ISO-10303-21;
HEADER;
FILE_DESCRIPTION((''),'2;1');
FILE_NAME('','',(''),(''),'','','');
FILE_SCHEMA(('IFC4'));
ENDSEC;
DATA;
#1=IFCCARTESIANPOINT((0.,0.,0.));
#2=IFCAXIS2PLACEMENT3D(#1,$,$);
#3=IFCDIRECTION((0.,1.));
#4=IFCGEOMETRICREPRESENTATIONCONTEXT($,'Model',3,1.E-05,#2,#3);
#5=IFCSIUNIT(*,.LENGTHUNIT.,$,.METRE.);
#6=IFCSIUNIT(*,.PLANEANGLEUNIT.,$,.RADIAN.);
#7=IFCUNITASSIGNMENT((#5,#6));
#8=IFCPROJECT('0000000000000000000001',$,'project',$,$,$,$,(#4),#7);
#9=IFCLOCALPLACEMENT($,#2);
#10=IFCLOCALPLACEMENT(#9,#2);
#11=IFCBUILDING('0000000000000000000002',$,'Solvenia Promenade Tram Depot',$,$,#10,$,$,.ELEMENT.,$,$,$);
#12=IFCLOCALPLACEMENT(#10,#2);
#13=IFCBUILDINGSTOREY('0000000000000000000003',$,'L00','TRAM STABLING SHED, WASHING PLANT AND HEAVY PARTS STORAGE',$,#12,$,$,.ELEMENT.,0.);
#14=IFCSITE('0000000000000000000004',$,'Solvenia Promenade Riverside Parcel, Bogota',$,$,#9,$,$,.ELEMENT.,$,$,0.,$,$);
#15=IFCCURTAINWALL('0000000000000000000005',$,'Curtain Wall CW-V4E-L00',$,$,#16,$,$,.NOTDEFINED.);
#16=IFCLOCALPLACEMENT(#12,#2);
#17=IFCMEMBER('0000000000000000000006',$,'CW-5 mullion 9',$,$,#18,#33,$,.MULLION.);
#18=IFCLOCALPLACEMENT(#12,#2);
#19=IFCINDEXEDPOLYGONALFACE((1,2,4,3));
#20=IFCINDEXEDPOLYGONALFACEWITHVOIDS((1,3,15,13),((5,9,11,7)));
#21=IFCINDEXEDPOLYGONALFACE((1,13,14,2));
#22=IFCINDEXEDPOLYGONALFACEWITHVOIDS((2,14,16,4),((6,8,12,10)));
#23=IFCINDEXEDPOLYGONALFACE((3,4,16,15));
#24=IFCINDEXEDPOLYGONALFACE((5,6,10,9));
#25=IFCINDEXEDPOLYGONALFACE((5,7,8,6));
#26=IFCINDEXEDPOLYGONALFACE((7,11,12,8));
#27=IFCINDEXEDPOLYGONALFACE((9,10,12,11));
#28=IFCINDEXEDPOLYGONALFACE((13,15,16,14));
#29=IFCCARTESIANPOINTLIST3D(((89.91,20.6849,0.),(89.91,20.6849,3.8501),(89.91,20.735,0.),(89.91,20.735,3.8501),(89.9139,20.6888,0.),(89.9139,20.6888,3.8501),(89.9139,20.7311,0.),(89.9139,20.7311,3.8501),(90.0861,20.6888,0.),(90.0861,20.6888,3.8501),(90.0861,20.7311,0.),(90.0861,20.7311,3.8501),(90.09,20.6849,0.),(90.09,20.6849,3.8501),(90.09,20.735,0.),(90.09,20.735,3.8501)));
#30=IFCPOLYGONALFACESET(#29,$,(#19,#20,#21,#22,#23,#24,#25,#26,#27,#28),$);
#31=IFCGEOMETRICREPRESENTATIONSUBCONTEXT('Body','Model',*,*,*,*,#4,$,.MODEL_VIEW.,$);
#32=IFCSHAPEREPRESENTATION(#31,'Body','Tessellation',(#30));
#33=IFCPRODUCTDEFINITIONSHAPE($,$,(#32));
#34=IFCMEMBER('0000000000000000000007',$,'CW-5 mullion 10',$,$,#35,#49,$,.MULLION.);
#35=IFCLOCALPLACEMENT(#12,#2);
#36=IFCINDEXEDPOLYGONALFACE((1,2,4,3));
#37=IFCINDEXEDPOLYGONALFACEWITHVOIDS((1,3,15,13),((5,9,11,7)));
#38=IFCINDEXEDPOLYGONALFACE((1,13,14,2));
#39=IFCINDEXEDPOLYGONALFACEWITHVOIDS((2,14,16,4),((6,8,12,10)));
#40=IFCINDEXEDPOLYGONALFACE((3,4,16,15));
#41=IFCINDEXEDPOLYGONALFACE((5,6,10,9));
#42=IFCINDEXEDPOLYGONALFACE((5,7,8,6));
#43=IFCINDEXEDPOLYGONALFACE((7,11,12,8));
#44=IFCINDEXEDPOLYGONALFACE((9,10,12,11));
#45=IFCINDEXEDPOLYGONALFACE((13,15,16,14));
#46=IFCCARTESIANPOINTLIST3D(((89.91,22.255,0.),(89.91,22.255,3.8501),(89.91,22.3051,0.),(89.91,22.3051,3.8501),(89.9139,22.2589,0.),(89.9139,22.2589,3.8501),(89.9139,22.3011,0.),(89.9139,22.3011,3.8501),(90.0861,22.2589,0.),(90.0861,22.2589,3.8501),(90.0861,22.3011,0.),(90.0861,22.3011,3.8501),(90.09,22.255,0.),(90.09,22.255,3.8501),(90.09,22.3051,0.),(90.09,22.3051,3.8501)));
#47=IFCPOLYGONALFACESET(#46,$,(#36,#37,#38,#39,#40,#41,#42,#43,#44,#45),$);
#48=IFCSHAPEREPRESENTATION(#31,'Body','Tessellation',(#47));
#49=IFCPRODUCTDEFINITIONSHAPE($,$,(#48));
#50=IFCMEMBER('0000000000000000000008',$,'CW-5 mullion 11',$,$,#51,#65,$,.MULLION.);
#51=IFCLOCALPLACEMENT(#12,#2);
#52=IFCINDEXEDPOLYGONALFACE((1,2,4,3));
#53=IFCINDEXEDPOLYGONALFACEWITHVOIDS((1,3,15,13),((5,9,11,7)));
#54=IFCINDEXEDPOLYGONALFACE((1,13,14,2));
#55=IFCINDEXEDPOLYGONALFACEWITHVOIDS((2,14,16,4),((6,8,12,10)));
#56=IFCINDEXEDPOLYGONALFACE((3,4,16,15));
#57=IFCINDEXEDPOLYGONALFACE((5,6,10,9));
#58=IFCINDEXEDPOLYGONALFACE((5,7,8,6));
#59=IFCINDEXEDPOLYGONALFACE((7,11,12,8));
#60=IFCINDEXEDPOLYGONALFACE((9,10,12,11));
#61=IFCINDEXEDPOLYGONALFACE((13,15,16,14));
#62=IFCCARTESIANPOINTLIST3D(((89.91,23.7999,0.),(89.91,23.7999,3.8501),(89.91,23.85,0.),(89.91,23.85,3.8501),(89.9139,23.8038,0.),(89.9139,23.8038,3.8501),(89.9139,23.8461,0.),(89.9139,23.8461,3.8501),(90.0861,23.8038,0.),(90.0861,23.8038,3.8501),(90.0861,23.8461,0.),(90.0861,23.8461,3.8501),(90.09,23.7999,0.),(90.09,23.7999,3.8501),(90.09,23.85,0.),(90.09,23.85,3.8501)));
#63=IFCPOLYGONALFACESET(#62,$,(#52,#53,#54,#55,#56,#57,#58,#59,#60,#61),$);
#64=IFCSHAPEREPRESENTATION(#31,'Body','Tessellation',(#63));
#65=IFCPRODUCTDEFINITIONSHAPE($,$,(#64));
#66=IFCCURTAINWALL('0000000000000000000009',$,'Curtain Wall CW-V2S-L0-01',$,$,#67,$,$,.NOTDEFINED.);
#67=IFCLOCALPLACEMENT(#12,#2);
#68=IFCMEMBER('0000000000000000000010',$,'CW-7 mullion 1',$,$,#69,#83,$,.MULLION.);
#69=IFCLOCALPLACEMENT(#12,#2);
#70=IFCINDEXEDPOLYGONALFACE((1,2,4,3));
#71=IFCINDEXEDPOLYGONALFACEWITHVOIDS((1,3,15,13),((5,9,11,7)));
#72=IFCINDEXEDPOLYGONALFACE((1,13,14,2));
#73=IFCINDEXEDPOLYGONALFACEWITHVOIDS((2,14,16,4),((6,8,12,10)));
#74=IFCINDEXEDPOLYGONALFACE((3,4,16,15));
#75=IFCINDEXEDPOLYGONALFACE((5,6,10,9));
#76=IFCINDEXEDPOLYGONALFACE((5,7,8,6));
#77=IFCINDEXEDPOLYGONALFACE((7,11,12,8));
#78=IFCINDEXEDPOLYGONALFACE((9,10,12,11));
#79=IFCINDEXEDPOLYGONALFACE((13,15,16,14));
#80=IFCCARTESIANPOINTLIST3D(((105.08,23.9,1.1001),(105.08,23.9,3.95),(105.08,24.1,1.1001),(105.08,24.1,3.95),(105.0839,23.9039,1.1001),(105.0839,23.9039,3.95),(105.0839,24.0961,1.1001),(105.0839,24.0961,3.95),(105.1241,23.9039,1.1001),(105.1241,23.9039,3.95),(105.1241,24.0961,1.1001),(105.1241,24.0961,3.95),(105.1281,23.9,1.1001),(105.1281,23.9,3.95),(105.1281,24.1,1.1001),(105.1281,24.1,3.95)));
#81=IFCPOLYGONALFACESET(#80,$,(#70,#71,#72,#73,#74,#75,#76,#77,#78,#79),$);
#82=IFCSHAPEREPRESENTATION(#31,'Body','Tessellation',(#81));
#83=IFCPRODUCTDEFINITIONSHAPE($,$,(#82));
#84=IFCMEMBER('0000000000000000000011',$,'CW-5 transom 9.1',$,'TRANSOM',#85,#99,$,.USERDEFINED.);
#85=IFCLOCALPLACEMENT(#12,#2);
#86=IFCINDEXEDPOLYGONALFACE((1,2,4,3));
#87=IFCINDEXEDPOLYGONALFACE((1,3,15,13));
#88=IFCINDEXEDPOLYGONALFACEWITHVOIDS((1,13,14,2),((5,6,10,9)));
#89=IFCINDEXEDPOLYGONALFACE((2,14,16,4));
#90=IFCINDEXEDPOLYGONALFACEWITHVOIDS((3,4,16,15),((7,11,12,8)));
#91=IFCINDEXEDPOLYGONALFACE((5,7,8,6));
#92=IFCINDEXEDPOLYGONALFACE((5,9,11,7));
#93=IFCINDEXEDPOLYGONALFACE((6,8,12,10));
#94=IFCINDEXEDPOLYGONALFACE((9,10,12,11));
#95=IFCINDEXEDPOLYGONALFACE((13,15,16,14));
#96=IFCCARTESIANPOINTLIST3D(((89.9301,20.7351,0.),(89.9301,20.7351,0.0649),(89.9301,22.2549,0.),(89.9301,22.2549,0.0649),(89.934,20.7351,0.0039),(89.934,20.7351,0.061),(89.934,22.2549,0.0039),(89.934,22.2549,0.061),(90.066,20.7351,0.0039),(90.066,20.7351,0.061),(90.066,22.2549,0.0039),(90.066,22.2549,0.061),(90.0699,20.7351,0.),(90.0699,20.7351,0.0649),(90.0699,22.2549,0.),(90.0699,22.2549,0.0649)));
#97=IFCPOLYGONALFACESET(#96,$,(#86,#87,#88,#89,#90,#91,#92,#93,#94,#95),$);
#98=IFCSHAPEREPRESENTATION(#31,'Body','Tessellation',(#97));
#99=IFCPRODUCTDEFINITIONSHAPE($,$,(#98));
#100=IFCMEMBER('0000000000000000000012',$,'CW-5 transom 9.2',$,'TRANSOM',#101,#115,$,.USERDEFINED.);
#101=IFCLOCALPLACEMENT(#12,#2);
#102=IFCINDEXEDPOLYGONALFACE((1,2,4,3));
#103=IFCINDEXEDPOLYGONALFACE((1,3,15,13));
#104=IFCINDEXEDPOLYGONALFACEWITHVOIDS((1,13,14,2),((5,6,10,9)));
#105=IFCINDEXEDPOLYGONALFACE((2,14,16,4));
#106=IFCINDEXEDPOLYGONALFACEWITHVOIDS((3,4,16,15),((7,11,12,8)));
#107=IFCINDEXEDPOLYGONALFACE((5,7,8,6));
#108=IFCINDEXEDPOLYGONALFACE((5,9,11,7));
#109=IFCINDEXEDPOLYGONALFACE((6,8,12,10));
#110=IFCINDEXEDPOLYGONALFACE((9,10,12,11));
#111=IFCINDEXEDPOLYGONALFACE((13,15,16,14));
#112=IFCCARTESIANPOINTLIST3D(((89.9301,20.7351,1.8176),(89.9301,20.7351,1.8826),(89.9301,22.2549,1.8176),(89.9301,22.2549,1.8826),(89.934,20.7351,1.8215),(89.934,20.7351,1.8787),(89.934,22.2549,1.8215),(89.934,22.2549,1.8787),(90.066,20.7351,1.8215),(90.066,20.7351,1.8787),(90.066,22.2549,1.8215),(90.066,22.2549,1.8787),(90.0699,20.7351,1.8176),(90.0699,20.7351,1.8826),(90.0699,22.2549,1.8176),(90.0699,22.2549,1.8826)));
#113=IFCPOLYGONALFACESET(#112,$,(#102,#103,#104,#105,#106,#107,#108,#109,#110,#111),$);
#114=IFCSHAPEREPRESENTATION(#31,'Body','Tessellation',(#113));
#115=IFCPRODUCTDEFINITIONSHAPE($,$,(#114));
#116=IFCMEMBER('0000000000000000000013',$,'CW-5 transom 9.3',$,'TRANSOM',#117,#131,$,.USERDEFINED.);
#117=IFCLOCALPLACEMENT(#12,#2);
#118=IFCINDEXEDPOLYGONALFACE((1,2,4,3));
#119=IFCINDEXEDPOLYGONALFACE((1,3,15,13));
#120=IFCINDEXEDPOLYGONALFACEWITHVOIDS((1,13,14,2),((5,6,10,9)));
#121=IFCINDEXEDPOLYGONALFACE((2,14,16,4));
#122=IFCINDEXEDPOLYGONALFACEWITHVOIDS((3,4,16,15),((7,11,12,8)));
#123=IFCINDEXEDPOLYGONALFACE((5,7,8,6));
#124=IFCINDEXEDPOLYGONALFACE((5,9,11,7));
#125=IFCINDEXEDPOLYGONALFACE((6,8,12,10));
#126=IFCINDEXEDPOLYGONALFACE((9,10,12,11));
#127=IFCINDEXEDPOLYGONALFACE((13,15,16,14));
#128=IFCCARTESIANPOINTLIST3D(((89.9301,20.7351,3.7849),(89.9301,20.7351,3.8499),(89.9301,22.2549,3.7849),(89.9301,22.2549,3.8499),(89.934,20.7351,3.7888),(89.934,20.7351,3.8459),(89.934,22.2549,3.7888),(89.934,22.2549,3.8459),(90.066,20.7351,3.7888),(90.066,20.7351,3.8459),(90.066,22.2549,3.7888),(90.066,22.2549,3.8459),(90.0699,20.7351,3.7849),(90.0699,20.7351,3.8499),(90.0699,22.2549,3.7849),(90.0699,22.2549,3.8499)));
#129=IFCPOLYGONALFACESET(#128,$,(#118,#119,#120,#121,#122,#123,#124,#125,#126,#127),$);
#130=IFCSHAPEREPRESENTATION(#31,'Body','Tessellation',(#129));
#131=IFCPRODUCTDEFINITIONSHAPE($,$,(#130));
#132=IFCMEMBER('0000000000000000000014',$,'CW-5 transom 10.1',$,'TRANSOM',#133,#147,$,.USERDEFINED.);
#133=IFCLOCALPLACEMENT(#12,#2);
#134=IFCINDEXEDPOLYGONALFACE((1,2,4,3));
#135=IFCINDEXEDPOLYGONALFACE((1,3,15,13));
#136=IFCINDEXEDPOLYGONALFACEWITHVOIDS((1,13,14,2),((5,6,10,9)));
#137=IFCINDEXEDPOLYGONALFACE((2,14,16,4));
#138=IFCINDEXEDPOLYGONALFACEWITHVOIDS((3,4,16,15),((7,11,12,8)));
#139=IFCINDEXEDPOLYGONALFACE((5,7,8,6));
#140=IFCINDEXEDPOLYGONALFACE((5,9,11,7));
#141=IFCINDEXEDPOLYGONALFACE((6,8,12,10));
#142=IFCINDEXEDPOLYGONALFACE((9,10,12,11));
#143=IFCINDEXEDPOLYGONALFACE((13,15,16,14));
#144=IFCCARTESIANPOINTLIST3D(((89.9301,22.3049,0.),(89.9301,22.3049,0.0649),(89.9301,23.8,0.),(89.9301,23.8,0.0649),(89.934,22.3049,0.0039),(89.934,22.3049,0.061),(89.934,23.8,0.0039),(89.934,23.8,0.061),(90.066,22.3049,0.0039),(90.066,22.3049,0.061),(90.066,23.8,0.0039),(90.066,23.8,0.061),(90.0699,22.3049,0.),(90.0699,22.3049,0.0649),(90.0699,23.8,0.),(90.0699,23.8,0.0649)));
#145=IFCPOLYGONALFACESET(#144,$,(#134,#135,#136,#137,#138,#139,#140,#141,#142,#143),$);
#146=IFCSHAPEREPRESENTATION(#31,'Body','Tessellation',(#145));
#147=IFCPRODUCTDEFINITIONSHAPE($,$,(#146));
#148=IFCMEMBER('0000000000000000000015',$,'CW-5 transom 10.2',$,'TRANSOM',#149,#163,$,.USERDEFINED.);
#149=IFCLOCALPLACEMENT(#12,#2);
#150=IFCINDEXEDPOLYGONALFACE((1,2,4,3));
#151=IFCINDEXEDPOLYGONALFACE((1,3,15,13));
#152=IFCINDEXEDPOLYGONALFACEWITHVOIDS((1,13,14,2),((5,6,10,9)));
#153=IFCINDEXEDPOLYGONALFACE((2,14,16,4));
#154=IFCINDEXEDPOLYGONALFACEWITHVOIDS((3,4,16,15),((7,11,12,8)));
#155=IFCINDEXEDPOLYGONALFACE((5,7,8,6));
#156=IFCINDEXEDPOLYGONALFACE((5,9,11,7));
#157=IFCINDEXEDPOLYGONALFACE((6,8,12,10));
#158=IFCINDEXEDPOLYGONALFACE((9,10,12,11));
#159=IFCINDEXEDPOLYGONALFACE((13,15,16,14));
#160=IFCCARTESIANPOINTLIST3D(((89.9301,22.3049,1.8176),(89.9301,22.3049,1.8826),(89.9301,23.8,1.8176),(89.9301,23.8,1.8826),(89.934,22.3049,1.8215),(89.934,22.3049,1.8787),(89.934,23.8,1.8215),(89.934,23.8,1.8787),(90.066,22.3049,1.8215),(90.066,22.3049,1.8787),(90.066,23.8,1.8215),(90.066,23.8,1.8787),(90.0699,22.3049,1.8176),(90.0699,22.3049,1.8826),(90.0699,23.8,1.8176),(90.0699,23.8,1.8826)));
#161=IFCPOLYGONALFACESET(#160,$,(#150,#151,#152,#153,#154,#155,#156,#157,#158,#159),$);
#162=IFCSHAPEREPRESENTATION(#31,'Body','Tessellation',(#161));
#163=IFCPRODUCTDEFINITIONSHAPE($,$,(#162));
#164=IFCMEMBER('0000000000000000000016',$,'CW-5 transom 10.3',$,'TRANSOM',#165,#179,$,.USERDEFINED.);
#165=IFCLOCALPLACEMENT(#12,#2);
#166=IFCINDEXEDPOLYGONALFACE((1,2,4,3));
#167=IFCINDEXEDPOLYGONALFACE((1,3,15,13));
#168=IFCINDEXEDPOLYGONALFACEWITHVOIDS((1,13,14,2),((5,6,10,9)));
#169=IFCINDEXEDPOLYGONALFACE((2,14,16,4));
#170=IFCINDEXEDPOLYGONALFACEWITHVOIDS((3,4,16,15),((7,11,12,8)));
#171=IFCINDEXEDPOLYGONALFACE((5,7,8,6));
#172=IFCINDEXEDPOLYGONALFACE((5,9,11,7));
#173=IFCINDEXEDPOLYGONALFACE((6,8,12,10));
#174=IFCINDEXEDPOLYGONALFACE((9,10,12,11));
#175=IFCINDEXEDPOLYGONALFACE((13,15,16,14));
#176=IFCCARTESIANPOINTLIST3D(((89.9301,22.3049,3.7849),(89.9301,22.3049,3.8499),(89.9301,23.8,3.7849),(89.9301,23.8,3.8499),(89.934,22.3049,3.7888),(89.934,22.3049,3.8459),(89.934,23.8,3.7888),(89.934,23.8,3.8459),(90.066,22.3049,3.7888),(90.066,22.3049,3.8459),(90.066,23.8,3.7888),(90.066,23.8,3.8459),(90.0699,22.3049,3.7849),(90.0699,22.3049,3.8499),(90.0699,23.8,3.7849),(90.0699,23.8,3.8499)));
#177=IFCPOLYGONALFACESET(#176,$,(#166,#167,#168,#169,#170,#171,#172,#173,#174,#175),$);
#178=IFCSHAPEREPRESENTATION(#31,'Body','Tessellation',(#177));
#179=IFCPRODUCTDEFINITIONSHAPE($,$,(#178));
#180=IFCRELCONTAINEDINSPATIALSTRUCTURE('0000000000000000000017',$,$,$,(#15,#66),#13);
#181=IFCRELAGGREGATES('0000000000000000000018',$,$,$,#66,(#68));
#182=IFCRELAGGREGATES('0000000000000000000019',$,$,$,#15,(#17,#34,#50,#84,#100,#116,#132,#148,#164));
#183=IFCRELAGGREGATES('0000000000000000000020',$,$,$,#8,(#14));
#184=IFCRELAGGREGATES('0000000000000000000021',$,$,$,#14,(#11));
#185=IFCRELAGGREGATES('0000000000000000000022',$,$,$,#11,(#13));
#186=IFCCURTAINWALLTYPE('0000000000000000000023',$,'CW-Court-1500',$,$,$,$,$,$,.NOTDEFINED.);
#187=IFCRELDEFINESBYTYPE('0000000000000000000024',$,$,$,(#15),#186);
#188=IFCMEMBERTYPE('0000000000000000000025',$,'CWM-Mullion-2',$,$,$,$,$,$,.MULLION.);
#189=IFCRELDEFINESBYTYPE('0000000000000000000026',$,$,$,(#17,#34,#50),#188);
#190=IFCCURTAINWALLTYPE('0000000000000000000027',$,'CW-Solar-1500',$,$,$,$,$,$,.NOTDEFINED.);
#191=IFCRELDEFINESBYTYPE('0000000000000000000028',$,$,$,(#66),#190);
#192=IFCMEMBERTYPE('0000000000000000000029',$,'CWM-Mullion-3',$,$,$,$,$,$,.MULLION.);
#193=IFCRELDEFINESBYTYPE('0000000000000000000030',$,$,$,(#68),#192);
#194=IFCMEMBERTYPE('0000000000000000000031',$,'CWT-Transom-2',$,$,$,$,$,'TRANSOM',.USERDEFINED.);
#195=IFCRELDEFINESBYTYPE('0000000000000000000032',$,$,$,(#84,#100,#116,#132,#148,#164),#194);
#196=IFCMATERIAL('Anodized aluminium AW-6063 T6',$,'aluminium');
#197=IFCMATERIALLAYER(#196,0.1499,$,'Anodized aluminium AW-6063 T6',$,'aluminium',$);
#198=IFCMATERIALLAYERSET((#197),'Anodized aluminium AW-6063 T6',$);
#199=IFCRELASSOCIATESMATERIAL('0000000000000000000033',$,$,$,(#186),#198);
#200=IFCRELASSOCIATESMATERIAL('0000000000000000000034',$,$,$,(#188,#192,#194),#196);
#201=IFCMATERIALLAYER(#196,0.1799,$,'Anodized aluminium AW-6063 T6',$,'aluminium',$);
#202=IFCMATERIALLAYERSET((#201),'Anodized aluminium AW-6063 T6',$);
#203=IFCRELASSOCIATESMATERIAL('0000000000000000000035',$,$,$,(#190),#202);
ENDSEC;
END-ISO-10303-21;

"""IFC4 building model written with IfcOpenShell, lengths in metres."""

from ifc_helpers import new_model, si_unit, direction, frame, origin, origin_2d, place, context, subcontext, project, spatial, hollow_rectangle, extrude, material, layer, layer_set, material_profile, profile_set, type_object, element, aggregate, save


model = new_model("IFC4")

# Units and contexts
model_context = context("Model", 3, precision=1e-05, world=origin(), true_north=direction((0.0, 1.0)))
body_context = subcontext(model_context, "Body", "Model", "MODEL_VIEW")
ifc_project = project(units=[si_unit("LENGTHUNIT", "METRE"), si_unit("PLANEANGLEUNIT", "RADIAN")], contexts=[model_context])

# Site, building, storey
site_placement = place(None, origin())
site = spatial("IfcSite", under=ifc_project, at=site_placement, Name="Solvenia Promenade Riverside Parcel, Bogota", CompositionType="ELEMENT", RefElevation=0.0)
building_placement = place(site_placement, origin())
building = spatial("IfcBuilding", under=site, at=building_placement, Name="Solvenia Promenade Tram Depot", CompositionType="ELEMENT")
storey_placement = place(building_placement, origin())
storey = spatial("IfcBuildingStorey", under=building, at=storey_placement, Name="L00", Description="TRAM STABLING SHED, WASHING PLANT AND HEAVY PARTS STORAGE", CompositionType="ELEMENT", Elevation=0.0)

# Curtain wall, members
ifc_material_1 = material(Name="Anodized aluminium AW-6063 T6", Category="aluminium")
ifc_layer_1 = layer(ifc_material_1, 0.1499, Name="Anodized aluminium AW-6063 T6", Category="aluminium")
ifc_layer_set_1 = layer_set([ifc_layer_1], Name="Anodized aluminium AW-6063 T6")
curtain_wall_type_1 = type_object("IfcCurtainWallType", Name="CW-Court-1500", PredefinedType="NOTDEFINED", material=ifc_layer_set_1)
curtain_wall_1_placement = place(storey_placement, origin())
curtain_wall_1 = element("IfcCurtainWall", 1, at=curtain_wall_1_placement, inside=storey, type_object=curtain_wall_type_1, Name="Curtain Wall CW-V4E-L00", PredefinedType="NOTDEFINED")
ifc_material_profile_1 = material_profile(ifc_material_1, hollow_rectangle(XDim=0.1799, YDim=0.05, WallThickness=0.0039, at=origin_2d()), Name="ALU-M2", Category="aluminium")
ifc_profile_set_1 = profile_set([ifc_material_profile_1], Name="Anodized aluminium AW-6063 T6")
member_type_1 = type_object("IfcMemberType", Name="CWM-Mullion-2", PredefinedType="MULLION", material=ifc_profile_set_1)
member_1_placement = place(storey_placement, frame((90.0, 20.71, 0.0), z_axis=(0.0, 0.0, 1.0), x_axis=(-1.0, 0.0, 0.0)))
member_1 = element("IfcMember", 2, at=member_1_placement, type_object=member_type_1, Name="CW-5 mullion 9", PredefinedType="MULLION", context=body_context, shape_type="SweptSolid", body=[
    extrude(hollow_rectangle(XDim=0.1799, YDim=0.05, WallThickness=0.0039, at=origin_2d()), origin(), (0.0, 0.0, 1.0), 3.8501),
])
member_2_placement = place(storey_placement, frame((90.0, 22.28, 0.0), z_axis=(0.0, 0.0, 1.0), x_axis=(-1.0, 0.0, 0.0)))
member_2 = element("IfcMember", 3, at=member_2_placement, type_object=member_type_1, Name="CW-5 mullion 10", PredefinedType="MULLION", context=body_context, shape_type="SweptSolid", body=[
    extrude(hollow_rectangle(XDim=0.1799, YDim=0.05, WallThickness=0.0039, at=origin_2d()), origin(), (0.0, 0.0, 1.0), 3.8501),
])
member_3_placement = place(storey_placement, frame((90.0, 23.825, 0.0), z_axis=(0.0, 0.0, 1.0), x_axis=(-1.0, 0.0, 0.0)))
member_3 = element("IfcMember", 4, at=member_3_placement, type_object=member_type_1, Name="CW-5 mullion 11", PredefinedType="MULLION", context=body_context, shape_type="SweptSolid", body=[
    extrude(hollow_rectangle(XDim=0.1799, YDim=0.05, WallThickness=0.0039, at=origin_2d()), origin(), (0.0, 0.0, 1.0), 3.8501),
])

# Curtain wall, member
ifc_layer_2 = layer(ifc_material_1, 0.1799, Name="Anodized aluminium AW-6063 T6", Category="aluminium")
ifc_layer_set_2 = layer_set([ifc_layer_2], Name="Anodized aluminium AW-6063 T6")
curtain_wall_type_2 = type_object("IfcCurtainWallType", Name="CW-Solar-1500", PredefinedType="NOTDEFINED", material=ifc_layer_set_2)
curtain_wall_2_placement = place(storey_placement, origin())
curtain_wall_2 = element("IfcCurtainWall", 5, at=curtain_wall_2_placement, inside=storey, type_object=curtain_wall_type_2, Name="Curtain Wall CW-V2S-L0-01", PredefinedType="NOTDEFINED")
ifc_material_profile_2 = material_profile(ifc_material_1, hollow_rectangle(XDim=0.2, YDim=0.0481, WallThickness=0.0039, at=origin_2d()), Name="ALU-M3", Category="aluminium")
ifc_profile_set_2 = profile_set([ifc_material_profile_2], Name="Anodized aluminium AW-6063 T6")
member_type_2 = type_object("IfcMemberType", Name="CWM-Mullion-3", PredefinedType="MULLION", material=ifc_profile_set_2)
member_4_placement = place(storey_placement, frame((105.104, 24.0, 1.1001), z_axis=(0.0, 0.0, 1.0), x_axis=(0.0, 1.0, 0.0)))
member_4 = element("IfcMember", 6, at=member_4_placement, type_object=member_type_2, Name="CW-7 mullion 1", PredefinedType="MULLION", context=body_context, shape_type="SweptSolid", body=[
    extrude(hollow_rectangle(XDim=0.2, YDim=0.0481, WallThickness=0.0039, at=origin_2d()), origin(), (0.0, 0.0, 1.0), 2.8499),
])

# Members
ifc_material_profile_3 = material_profile(ifc_material_1, hollow_rectangle(XDim=0.1399, YDim=0.0649, WallThickness=0.0039, at=origin_2d()), Name="ALU-T2", Category="aluminium")
ifc_profile_set_3 = profile_set([ifc_material_profile_3], Name="Anodized aluminium AW-6063 T6")
member_type_3 = type_object("IfcMemberType", Name="CWT-Transom-2", ElementType="TRANSOM", PredefinedType="USERDEFINED", material=ifc_profile_set_3)
member_5_placement = place(storey_placement, frame((90.0, 20.7351, 0.0325), z_axis=(0.0, 1.0, 0.0), x_axis=(-1.0, 0.0, 0.0)))
member_5 = element("IfcMember", 7, at=member_5_placement, type_object=member_type_3, Name="CW-5 transom 9.1", ObjectType="TRANSOM", PredefinedType="USERDEFINED", context=body_context, shape_type="SweptSolid", body=[
    extrude(hollow_rectangle(XDim=0.1399, YDim=0.0649, WallThickness=0.0039, at=origin_2d()), origin(), (0.0, 0.0, 1.0), 1.5198),
])
member_6_placement = place(storey_placement, frame((90.0, 20.7351, 1.8501), z_axis=(0.0, 1.0, 0.0), x_axis=(-1.0, 0.0, 0.0)))
member_6 = element("IfcMember", 8, at=member_6_placement, type_object=member_type_3, Name="CW-5 transom 9.2", ObjectType="TRANSOM", PredefinedType="USERDEFINED", context=body_context, shape_type="SweptSolid", body=[
    extrude(hollow_rectangle(XDim=0.1399, YDim=0.0649, WallThickness=0.0039, at=origin_2d()), origin(), (0.0, 0.0, 1.0), 1.5198),
])
member_7_placement = place(storey_placement, frame((90.0, 20.7351, 3.8174), z_axis=(0.0, 1.0, 0.0), x_axis=(-1.0, 0.0, 0.0)))
member_7 = element("IfcMember", 9, at=member_7_placement, type_object=member_type_3, Name="CW-5 transom 9.3", ObjectType="TRANSOM", PredefinedType="USERDEFINED", context=body_context, shape_type="SweptSolid", body=[
    extrude(hollow_rectangle(XDim=0.1399, YDim=0.0649, WallThickness=0.0039, at=origin_2d()), origin(), (0.0, 0.0, 1.0), 1.5198),
])
member_8_placement = place(storey_placement, frame((90.0, 22.3049, 0.0325), z_axis=(0.0, 1.0, 0.0), x_axis=(-1.0, 0.0, 0.0)))
member_8 = element("IfcMember", 10, at=member_8_placement, type_object=member_type_3, Name="CW-5 transom 10.1", ObjectType="TRANSOM", PredefinedType="USERDEFINED", context=body_context, shape_type="SweptSolid", body=[
    extrude(hollow_rectangle(XDim=0.1399, YDim=0.0649, WallThickness=0.0039, at=origin_2d()), origin(), (0.0, 0.0, 1.0), 1.4951),
])
member_9_placement = place(storey_placement, frame((90.0, 22.3049, 1.8501), z_axis=(0.0, 1.0, 0.0), x_axis=(-1.0, 0.0, 0.0)))
member_9 = element("IfcMember", 11, at=member_9_placement, type_object=member_type_3, Name="CW-5 transom 10.2", ObjectType="TRANSOM", PredefinedType="USERDEFINED", context=body_context, shape_type="SweptSolid", body=[
    extrude(hollow_rectangle(XDim=0.1399, YDim=0.0649, WallThickness=0.0039, at=origin_2d()), origin(), (0.0, 0.0, 1.0), 1.4951),
])
member_10_placement = place(storey_placement, frame((90.0, 22.3049, 3.8174), z_axis=(0.0, 1.0, 0.0), x_axis=(-1.0, 0.0, 0.0)))
member_10 = element("IfcMember", 12, at=member_10_placement, type_object=member_type_3, Name="CW-5 transom 10.3", ObjectType="TRANSOM", PredefinedType="USERDEFINED", context=body_context, shape_type="SweptSolid", body=[
    extrude(hollow_rectangle(XDim=0.1399, YDim=0.0649, WallThickness=0.0039, at=origin_2d()), origin(), (0.0, 0.0, 1.0), 1.4951),
])
aggregate(curtain_wall_2, [member_4])

aggregate(curtain_wall_1, [member_1, member_2, member_3, member_5, member_6, member_7, member_8, member_9, member_10])

save(model, "model.ifc")
